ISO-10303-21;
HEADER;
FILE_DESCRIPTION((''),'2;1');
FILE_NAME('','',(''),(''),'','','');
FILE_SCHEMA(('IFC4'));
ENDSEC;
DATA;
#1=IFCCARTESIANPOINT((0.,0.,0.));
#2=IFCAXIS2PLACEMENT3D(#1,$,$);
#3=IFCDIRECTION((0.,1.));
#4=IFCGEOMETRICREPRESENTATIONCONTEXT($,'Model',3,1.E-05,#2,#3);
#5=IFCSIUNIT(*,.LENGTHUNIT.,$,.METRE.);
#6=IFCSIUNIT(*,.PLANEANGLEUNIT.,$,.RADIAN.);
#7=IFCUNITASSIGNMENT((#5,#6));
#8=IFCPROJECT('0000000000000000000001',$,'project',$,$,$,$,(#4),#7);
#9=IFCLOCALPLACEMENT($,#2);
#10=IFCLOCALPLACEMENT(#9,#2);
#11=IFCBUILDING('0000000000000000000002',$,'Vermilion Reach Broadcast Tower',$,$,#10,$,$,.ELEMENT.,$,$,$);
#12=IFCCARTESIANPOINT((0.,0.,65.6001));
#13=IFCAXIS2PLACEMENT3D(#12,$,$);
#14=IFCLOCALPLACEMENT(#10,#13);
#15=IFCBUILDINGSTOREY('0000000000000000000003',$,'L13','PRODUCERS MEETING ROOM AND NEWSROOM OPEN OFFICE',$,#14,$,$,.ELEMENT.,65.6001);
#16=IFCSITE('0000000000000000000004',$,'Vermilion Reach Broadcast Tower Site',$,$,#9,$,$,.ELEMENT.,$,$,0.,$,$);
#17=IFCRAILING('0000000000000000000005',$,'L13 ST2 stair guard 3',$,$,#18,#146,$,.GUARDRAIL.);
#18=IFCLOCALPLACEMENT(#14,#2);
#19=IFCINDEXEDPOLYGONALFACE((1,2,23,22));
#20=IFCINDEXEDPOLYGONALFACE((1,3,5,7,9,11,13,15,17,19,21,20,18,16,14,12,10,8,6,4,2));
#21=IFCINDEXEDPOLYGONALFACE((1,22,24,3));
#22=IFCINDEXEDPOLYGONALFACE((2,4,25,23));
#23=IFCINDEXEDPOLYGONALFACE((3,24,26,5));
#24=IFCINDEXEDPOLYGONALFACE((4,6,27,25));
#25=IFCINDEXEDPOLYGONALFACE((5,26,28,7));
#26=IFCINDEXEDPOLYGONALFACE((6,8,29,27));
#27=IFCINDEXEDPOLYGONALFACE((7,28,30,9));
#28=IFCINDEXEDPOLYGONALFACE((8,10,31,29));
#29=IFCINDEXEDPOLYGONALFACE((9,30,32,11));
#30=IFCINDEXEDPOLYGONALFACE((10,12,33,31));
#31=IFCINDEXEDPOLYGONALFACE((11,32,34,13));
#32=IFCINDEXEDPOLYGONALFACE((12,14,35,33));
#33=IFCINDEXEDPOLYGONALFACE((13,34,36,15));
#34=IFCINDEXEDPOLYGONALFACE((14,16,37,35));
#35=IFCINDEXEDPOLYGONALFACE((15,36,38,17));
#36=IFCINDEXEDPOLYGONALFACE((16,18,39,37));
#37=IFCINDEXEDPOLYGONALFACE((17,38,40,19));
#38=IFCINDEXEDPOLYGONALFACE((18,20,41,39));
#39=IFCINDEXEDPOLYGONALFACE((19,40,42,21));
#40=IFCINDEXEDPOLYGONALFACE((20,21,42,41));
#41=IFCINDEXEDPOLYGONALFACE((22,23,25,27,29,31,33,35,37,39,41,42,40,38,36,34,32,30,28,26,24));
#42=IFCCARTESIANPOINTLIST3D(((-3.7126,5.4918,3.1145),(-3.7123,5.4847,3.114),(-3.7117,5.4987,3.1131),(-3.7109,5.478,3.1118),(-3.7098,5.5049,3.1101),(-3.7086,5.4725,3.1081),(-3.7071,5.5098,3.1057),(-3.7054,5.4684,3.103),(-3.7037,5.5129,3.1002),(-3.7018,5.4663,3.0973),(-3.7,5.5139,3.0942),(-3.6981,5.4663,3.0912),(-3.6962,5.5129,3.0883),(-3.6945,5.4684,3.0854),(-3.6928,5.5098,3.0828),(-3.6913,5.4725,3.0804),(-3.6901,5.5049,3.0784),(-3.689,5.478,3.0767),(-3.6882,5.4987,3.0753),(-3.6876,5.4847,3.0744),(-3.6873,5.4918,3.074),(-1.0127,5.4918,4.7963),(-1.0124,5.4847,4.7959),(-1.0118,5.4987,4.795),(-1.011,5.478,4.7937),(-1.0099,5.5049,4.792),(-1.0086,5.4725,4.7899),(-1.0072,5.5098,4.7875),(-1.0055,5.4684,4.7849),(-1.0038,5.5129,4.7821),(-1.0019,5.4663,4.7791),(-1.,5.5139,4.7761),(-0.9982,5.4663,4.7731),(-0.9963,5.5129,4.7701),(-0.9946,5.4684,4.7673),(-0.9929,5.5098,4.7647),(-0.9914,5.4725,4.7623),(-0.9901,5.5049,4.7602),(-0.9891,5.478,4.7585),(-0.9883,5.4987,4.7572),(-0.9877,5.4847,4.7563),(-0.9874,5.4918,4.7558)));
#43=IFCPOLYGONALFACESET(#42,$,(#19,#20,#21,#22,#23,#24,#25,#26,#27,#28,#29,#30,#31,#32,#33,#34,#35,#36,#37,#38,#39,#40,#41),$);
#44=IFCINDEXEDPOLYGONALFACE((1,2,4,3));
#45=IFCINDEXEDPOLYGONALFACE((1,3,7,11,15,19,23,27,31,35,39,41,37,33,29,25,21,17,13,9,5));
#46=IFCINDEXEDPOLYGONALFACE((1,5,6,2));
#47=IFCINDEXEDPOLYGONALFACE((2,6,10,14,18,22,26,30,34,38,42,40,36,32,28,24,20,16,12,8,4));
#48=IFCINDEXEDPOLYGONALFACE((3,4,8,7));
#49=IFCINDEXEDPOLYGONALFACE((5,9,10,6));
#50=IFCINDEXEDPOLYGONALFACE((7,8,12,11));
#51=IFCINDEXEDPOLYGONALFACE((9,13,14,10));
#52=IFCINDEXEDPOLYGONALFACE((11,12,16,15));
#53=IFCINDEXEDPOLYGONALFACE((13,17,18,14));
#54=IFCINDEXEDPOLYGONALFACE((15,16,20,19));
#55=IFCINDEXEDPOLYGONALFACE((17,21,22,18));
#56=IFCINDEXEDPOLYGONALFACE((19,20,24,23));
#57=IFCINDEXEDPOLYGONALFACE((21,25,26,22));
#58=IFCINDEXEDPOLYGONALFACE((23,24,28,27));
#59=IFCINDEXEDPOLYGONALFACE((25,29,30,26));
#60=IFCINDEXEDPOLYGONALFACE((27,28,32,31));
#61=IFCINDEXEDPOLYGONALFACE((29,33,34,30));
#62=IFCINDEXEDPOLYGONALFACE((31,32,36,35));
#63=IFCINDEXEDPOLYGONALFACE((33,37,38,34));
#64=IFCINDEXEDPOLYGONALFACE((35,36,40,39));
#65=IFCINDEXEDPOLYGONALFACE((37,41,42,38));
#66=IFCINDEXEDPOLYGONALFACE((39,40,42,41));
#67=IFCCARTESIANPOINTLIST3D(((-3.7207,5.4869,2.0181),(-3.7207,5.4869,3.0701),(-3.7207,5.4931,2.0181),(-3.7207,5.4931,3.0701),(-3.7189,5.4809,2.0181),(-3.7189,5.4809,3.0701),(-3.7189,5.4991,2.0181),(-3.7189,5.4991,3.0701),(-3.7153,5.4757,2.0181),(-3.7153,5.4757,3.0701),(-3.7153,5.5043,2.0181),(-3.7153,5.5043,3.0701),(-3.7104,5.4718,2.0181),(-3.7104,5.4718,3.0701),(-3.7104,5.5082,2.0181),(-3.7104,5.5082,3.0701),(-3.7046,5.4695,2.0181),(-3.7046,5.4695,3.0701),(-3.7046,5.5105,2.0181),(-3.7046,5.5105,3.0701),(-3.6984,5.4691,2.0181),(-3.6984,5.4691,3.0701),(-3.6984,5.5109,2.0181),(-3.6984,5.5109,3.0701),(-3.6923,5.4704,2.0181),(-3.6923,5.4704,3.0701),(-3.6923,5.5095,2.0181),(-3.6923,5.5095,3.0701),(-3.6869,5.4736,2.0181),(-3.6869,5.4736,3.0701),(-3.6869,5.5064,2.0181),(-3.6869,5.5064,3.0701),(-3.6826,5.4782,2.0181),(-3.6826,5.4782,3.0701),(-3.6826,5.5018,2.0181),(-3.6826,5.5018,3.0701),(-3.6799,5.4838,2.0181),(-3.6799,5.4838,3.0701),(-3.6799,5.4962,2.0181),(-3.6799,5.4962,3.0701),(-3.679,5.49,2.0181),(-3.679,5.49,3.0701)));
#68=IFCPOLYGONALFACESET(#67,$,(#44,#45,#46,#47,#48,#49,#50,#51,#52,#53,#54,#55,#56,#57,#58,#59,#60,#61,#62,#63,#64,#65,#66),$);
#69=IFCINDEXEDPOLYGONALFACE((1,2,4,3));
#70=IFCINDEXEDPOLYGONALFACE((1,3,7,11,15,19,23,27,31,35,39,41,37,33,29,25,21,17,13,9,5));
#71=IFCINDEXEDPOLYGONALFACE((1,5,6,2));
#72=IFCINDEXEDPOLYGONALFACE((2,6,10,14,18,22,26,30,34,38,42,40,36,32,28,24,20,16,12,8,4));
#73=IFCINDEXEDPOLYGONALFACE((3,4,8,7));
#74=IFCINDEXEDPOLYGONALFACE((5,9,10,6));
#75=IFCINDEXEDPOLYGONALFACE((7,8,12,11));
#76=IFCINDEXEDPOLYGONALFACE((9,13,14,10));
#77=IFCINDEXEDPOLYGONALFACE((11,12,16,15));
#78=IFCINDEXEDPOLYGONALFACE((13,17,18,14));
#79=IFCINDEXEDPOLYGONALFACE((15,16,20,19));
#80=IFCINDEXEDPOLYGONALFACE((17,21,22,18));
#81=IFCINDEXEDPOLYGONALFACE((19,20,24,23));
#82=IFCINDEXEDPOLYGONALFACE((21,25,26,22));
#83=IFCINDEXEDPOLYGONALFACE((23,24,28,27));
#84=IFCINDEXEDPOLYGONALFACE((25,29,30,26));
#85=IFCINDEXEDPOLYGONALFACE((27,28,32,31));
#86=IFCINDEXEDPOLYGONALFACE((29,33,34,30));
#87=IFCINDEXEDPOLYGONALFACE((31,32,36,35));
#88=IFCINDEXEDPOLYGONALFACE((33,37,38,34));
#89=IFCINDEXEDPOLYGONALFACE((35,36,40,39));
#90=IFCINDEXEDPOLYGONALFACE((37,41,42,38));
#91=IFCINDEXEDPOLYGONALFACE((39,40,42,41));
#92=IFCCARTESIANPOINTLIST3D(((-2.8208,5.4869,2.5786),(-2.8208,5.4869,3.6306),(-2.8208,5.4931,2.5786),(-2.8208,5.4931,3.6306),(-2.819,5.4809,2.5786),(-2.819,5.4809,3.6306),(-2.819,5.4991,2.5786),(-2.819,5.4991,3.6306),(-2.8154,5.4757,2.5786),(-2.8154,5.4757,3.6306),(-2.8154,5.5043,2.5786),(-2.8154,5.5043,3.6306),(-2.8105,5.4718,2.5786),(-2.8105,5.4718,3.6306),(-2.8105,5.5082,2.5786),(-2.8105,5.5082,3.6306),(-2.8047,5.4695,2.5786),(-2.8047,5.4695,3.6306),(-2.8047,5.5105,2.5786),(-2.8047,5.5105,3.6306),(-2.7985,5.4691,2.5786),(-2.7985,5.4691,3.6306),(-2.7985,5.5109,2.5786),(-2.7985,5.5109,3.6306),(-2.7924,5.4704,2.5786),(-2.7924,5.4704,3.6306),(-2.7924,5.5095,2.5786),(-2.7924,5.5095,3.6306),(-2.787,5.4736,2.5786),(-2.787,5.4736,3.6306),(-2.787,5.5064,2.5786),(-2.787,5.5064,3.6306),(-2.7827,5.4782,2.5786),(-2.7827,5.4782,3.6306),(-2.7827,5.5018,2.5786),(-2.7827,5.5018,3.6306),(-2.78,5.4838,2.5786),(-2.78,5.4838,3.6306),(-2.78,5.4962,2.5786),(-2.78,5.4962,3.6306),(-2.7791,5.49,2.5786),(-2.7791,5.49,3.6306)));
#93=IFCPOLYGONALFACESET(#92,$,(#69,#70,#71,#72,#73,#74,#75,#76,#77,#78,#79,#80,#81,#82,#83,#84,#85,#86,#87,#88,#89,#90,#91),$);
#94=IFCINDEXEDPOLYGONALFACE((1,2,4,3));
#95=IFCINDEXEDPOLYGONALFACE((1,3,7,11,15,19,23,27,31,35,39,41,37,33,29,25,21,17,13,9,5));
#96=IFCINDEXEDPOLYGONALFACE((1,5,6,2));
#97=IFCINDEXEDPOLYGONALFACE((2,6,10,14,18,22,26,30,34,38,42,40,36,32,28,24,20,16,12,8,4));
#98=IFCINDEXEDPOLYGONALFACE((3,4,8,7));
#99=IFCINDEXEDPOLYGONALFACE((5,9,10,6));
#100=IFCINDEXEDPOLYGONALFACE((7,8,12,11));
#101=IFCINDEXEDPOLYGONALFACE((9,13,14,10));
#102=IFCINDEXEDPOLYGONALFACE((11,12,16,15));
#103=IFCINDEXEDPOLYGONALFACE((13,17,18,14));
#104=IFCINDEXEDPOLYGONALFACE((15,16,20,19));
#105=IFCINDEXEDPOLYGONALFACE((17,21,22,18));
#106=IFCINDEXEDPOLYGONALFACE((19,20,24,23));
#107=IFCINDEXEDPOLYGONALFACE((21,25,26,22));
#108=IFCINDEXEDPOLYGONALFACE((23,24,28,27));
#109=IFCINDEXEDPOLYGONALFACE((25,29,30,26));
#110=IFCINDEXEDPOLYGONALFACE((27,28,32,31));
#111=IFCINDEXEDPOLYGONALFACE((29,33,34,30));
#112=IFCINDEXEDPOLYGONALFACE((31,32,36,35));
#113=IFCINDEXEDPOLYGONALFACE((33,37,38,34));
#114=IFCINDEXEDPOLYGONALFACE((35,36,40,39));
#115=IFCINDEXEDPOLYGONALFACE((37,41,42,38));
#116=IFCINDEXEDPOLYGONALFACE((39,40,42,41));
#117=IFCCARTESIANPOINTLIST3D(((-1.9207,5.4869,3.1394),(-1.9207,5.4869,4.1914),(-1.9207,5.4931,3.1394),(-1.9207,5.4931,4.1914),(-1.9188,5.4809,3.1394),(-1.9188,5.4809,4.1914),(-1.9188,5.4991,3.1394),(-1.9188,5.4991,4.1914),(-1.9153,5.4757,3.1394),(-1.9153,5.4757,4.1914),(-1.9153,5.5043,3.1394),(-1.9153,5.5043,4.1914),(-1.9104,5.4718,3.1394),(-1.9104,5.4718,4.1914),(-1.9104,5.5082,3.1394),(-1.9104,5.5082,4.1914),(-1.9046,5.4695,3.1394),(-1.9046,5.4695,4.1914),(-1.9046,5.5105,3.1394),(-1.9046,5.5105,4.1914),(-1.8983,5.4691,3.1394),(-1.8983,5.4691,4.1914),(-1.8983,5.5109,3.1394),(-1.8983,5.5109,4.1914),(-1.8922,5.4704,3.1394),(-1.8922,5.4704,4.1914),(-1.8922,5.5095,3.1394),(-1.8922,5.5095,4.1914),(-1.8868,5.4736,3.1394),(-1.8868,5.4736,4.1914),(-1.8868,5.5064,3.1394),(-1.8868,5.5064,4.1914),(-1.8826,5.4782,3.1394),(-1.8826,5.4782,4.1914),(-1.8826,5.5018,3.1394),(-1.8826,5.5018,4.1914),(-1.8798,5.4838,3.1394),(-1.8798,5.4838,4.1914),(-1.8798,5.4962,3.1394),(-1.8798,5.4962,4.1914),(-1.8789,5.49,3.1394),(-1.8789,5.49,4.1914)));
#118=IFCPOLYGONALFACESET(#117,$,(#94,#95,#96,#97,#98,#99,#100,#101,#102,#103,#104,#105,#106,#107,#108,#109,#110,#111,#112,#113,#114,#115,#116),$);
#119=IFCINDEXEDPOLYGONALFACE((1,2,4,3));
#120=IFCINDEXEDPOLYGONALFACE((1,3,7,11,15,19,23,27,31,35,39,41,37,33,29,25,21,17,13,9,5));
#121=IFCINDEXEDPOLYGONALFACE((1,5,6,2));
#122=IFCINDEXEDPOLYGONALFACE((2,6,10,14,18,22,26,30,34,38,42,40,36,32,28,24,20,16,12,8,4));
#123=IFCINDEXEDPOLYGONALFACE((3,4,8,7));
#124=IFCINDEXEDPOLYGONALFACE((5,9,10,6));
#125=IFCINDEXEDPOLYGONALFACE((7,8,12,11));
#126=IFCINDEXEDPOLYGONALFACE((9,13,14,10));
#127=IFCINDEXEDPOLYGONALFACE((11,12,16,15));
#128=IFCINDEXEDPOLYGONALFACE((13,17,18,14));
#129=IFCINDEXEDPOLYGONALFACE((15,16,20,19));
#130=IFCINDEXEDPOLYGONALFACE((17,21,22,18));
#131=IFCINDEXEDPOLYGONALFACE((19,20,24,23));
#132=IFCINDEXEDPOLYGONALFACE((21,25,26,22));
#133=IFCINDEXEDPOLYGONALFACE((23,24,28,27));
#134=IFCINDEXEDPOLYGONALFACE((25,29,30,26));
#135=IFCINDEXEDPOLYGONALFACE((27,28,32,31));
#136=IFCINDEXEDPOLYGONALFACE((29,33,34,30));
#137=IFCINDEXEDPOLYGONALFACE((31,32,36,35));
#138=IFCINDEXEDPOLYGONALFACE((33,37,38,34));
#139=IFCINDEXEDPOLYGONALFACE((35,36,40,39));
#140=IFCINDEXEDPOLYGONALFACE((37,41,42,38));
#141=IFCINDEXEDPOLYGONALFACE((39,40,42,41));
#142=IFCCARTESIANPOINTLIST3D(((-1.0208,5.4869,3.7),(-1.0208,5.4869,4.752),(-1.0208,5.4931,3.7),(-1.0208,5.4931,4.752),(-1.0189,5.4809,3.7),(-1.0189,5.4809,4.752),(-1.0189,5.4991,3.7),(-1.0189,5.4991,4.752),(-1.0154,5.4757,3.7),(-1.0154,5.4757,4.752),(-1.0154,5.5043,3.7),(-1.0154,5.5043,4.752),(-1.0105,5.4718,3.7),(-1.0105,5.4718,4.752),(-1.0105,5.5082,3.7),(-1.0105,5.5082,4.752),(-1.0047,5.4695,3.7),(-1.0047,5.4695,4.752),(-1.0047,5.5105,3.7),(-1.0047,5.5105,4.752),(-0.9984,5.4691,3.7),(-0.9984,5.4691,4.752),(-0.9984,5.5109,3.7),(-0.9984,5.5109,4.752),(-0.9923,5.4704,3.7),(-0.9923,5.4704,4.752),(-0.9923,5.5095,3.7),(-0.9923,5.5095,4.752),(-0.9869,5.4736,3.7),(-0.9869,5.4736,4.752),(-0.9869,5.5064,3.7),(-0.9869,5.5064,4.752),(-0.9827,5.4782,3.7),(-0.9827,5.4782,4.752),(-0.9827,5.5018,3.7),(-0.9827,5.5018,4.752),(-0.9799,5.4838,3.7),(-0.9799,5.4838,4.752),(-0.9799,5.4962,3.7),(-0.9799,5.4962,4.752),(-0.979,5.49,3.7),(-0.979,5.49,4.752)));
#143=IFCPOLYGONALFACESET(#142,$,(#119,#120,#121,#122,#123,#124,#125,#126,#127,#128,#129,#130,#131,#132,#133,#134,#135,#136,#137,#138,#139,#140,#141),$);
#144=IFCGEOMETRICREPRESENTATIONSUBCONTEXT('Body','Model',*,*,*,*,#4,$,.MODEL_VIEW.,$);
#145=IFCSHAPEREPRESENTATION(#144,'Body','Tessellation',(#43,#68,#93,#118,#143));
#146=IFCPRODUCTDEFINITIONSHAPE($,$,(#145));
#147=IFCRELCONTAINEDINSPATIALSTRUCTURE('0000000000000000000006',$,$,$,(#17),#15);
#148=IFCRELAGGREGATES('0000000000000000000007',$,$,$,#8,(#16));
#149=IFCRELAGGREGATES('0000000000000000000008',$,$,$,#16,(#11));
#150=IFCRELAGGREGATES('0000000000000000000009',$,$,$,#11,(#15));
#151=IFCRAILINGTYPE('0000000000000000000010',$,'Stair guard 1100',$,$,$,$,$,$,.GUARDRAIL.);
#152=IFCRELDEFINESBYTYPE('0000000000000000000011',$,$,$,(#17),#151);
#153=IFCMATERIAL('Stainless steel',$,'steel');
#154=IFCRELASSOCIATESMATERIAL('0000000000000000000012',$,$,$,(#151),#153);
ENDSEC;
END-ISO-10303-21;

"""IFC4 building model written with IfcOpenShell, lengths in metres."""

from ifc_helpers import new_model, si_unit, direction, frame, origin, origin_2d, place, context, subcontext, project, spatial, circle, extrude, material, type_object, element, save


model = new_model("IFC4")

# Units and contexts
model_context = context("Model", 3, precision=1e-05, world=origin(), true_north=direction((0.0, 1.0)))
body_context = subcontext(model_context, "Body", "Model", "MODEL_VIEW")
ifc_project = project(units=[si_unit("LENGTHUNIT", "METRE"), si_unit("PLANEANGLEUNIT", "RADIAN")], contexts=[model_context])

# Site, building, storey
site_placement = place(None, origin())
site = spatial("IfcSite", under=ifc_project, at=site_placement, Name="Vermilion Reach Broadcast Tower Site", CompositionType="ELEMENT", RefElevation=0.0)
building_placement = place(site_placement, origin())
building = spatial("IfcBuilding", under=site, at=building_placement, Name="Vermilion Reach Broadcast Tower", CompositionType="ELEMENT")
storey_placement = place(building_placement, frame((0.0, 0.0, 65.6001)))
storey = spatial("IfcBuildingStorey", under=building, at=storey_placement, Name="L13", Description="PRODUCERS MEETING ROOM AND NEWSROOM OPEN OFFICE", CompositionType="ELEMENT", Elevation=65.6001)

# Railing
ifc_material_1 = material(Name="Stainless steel", Category="steel")
railing_type_1 = type_object("IfcRailingType", Name="Stair guard 1100", PredefinedType="GUARDRAIL", material=ifc_material_1)
railing_1_placement = place(storey_placement, frame((-3.7, 5.49, 2.0181)))
element("IfcRailing", 1, at=railing_1_placement, inside=storey, type_object=railing_type_1, Name="L13 ST2 stair guard 3", PredefinedType="GUARDRAIL", context=body_context, shape_type="SweptSolid", body=[
    extrude(circle(Radius=0.0239, at=origin_2d()), frame((0.0, 0.0, 1.0762), z_axis=(0.848786, 0.0, 0.528736), x_axis=(0.0, 1.0, 0.0)), (0.0, 0.0, 1.0), 3.1809),
    extrude(circle(Radius=0.021, at=origin_2d()), origin(), (0.0, 0.0, 1.0), 1.052),
    extrude(circle(Radius=0.021, at=origin_2d()), frame((0.8999, 0.0, 0.5605)), (0.0, 0.0, 1.0), 1.052),
    extrude(circle(Radius=0.021, at=origin_2d()), frame((1.8, 0.0, 1.1213)), (0.0, 0.0, 1.0), 1.052),
    extrude(circle(Radius=0.021, at=origin_2d()), frame((2.7, 0.0, 1.6819)), (0.0, 0.0, 1.0), 1.052),
])

save(model, "model.ifc")
